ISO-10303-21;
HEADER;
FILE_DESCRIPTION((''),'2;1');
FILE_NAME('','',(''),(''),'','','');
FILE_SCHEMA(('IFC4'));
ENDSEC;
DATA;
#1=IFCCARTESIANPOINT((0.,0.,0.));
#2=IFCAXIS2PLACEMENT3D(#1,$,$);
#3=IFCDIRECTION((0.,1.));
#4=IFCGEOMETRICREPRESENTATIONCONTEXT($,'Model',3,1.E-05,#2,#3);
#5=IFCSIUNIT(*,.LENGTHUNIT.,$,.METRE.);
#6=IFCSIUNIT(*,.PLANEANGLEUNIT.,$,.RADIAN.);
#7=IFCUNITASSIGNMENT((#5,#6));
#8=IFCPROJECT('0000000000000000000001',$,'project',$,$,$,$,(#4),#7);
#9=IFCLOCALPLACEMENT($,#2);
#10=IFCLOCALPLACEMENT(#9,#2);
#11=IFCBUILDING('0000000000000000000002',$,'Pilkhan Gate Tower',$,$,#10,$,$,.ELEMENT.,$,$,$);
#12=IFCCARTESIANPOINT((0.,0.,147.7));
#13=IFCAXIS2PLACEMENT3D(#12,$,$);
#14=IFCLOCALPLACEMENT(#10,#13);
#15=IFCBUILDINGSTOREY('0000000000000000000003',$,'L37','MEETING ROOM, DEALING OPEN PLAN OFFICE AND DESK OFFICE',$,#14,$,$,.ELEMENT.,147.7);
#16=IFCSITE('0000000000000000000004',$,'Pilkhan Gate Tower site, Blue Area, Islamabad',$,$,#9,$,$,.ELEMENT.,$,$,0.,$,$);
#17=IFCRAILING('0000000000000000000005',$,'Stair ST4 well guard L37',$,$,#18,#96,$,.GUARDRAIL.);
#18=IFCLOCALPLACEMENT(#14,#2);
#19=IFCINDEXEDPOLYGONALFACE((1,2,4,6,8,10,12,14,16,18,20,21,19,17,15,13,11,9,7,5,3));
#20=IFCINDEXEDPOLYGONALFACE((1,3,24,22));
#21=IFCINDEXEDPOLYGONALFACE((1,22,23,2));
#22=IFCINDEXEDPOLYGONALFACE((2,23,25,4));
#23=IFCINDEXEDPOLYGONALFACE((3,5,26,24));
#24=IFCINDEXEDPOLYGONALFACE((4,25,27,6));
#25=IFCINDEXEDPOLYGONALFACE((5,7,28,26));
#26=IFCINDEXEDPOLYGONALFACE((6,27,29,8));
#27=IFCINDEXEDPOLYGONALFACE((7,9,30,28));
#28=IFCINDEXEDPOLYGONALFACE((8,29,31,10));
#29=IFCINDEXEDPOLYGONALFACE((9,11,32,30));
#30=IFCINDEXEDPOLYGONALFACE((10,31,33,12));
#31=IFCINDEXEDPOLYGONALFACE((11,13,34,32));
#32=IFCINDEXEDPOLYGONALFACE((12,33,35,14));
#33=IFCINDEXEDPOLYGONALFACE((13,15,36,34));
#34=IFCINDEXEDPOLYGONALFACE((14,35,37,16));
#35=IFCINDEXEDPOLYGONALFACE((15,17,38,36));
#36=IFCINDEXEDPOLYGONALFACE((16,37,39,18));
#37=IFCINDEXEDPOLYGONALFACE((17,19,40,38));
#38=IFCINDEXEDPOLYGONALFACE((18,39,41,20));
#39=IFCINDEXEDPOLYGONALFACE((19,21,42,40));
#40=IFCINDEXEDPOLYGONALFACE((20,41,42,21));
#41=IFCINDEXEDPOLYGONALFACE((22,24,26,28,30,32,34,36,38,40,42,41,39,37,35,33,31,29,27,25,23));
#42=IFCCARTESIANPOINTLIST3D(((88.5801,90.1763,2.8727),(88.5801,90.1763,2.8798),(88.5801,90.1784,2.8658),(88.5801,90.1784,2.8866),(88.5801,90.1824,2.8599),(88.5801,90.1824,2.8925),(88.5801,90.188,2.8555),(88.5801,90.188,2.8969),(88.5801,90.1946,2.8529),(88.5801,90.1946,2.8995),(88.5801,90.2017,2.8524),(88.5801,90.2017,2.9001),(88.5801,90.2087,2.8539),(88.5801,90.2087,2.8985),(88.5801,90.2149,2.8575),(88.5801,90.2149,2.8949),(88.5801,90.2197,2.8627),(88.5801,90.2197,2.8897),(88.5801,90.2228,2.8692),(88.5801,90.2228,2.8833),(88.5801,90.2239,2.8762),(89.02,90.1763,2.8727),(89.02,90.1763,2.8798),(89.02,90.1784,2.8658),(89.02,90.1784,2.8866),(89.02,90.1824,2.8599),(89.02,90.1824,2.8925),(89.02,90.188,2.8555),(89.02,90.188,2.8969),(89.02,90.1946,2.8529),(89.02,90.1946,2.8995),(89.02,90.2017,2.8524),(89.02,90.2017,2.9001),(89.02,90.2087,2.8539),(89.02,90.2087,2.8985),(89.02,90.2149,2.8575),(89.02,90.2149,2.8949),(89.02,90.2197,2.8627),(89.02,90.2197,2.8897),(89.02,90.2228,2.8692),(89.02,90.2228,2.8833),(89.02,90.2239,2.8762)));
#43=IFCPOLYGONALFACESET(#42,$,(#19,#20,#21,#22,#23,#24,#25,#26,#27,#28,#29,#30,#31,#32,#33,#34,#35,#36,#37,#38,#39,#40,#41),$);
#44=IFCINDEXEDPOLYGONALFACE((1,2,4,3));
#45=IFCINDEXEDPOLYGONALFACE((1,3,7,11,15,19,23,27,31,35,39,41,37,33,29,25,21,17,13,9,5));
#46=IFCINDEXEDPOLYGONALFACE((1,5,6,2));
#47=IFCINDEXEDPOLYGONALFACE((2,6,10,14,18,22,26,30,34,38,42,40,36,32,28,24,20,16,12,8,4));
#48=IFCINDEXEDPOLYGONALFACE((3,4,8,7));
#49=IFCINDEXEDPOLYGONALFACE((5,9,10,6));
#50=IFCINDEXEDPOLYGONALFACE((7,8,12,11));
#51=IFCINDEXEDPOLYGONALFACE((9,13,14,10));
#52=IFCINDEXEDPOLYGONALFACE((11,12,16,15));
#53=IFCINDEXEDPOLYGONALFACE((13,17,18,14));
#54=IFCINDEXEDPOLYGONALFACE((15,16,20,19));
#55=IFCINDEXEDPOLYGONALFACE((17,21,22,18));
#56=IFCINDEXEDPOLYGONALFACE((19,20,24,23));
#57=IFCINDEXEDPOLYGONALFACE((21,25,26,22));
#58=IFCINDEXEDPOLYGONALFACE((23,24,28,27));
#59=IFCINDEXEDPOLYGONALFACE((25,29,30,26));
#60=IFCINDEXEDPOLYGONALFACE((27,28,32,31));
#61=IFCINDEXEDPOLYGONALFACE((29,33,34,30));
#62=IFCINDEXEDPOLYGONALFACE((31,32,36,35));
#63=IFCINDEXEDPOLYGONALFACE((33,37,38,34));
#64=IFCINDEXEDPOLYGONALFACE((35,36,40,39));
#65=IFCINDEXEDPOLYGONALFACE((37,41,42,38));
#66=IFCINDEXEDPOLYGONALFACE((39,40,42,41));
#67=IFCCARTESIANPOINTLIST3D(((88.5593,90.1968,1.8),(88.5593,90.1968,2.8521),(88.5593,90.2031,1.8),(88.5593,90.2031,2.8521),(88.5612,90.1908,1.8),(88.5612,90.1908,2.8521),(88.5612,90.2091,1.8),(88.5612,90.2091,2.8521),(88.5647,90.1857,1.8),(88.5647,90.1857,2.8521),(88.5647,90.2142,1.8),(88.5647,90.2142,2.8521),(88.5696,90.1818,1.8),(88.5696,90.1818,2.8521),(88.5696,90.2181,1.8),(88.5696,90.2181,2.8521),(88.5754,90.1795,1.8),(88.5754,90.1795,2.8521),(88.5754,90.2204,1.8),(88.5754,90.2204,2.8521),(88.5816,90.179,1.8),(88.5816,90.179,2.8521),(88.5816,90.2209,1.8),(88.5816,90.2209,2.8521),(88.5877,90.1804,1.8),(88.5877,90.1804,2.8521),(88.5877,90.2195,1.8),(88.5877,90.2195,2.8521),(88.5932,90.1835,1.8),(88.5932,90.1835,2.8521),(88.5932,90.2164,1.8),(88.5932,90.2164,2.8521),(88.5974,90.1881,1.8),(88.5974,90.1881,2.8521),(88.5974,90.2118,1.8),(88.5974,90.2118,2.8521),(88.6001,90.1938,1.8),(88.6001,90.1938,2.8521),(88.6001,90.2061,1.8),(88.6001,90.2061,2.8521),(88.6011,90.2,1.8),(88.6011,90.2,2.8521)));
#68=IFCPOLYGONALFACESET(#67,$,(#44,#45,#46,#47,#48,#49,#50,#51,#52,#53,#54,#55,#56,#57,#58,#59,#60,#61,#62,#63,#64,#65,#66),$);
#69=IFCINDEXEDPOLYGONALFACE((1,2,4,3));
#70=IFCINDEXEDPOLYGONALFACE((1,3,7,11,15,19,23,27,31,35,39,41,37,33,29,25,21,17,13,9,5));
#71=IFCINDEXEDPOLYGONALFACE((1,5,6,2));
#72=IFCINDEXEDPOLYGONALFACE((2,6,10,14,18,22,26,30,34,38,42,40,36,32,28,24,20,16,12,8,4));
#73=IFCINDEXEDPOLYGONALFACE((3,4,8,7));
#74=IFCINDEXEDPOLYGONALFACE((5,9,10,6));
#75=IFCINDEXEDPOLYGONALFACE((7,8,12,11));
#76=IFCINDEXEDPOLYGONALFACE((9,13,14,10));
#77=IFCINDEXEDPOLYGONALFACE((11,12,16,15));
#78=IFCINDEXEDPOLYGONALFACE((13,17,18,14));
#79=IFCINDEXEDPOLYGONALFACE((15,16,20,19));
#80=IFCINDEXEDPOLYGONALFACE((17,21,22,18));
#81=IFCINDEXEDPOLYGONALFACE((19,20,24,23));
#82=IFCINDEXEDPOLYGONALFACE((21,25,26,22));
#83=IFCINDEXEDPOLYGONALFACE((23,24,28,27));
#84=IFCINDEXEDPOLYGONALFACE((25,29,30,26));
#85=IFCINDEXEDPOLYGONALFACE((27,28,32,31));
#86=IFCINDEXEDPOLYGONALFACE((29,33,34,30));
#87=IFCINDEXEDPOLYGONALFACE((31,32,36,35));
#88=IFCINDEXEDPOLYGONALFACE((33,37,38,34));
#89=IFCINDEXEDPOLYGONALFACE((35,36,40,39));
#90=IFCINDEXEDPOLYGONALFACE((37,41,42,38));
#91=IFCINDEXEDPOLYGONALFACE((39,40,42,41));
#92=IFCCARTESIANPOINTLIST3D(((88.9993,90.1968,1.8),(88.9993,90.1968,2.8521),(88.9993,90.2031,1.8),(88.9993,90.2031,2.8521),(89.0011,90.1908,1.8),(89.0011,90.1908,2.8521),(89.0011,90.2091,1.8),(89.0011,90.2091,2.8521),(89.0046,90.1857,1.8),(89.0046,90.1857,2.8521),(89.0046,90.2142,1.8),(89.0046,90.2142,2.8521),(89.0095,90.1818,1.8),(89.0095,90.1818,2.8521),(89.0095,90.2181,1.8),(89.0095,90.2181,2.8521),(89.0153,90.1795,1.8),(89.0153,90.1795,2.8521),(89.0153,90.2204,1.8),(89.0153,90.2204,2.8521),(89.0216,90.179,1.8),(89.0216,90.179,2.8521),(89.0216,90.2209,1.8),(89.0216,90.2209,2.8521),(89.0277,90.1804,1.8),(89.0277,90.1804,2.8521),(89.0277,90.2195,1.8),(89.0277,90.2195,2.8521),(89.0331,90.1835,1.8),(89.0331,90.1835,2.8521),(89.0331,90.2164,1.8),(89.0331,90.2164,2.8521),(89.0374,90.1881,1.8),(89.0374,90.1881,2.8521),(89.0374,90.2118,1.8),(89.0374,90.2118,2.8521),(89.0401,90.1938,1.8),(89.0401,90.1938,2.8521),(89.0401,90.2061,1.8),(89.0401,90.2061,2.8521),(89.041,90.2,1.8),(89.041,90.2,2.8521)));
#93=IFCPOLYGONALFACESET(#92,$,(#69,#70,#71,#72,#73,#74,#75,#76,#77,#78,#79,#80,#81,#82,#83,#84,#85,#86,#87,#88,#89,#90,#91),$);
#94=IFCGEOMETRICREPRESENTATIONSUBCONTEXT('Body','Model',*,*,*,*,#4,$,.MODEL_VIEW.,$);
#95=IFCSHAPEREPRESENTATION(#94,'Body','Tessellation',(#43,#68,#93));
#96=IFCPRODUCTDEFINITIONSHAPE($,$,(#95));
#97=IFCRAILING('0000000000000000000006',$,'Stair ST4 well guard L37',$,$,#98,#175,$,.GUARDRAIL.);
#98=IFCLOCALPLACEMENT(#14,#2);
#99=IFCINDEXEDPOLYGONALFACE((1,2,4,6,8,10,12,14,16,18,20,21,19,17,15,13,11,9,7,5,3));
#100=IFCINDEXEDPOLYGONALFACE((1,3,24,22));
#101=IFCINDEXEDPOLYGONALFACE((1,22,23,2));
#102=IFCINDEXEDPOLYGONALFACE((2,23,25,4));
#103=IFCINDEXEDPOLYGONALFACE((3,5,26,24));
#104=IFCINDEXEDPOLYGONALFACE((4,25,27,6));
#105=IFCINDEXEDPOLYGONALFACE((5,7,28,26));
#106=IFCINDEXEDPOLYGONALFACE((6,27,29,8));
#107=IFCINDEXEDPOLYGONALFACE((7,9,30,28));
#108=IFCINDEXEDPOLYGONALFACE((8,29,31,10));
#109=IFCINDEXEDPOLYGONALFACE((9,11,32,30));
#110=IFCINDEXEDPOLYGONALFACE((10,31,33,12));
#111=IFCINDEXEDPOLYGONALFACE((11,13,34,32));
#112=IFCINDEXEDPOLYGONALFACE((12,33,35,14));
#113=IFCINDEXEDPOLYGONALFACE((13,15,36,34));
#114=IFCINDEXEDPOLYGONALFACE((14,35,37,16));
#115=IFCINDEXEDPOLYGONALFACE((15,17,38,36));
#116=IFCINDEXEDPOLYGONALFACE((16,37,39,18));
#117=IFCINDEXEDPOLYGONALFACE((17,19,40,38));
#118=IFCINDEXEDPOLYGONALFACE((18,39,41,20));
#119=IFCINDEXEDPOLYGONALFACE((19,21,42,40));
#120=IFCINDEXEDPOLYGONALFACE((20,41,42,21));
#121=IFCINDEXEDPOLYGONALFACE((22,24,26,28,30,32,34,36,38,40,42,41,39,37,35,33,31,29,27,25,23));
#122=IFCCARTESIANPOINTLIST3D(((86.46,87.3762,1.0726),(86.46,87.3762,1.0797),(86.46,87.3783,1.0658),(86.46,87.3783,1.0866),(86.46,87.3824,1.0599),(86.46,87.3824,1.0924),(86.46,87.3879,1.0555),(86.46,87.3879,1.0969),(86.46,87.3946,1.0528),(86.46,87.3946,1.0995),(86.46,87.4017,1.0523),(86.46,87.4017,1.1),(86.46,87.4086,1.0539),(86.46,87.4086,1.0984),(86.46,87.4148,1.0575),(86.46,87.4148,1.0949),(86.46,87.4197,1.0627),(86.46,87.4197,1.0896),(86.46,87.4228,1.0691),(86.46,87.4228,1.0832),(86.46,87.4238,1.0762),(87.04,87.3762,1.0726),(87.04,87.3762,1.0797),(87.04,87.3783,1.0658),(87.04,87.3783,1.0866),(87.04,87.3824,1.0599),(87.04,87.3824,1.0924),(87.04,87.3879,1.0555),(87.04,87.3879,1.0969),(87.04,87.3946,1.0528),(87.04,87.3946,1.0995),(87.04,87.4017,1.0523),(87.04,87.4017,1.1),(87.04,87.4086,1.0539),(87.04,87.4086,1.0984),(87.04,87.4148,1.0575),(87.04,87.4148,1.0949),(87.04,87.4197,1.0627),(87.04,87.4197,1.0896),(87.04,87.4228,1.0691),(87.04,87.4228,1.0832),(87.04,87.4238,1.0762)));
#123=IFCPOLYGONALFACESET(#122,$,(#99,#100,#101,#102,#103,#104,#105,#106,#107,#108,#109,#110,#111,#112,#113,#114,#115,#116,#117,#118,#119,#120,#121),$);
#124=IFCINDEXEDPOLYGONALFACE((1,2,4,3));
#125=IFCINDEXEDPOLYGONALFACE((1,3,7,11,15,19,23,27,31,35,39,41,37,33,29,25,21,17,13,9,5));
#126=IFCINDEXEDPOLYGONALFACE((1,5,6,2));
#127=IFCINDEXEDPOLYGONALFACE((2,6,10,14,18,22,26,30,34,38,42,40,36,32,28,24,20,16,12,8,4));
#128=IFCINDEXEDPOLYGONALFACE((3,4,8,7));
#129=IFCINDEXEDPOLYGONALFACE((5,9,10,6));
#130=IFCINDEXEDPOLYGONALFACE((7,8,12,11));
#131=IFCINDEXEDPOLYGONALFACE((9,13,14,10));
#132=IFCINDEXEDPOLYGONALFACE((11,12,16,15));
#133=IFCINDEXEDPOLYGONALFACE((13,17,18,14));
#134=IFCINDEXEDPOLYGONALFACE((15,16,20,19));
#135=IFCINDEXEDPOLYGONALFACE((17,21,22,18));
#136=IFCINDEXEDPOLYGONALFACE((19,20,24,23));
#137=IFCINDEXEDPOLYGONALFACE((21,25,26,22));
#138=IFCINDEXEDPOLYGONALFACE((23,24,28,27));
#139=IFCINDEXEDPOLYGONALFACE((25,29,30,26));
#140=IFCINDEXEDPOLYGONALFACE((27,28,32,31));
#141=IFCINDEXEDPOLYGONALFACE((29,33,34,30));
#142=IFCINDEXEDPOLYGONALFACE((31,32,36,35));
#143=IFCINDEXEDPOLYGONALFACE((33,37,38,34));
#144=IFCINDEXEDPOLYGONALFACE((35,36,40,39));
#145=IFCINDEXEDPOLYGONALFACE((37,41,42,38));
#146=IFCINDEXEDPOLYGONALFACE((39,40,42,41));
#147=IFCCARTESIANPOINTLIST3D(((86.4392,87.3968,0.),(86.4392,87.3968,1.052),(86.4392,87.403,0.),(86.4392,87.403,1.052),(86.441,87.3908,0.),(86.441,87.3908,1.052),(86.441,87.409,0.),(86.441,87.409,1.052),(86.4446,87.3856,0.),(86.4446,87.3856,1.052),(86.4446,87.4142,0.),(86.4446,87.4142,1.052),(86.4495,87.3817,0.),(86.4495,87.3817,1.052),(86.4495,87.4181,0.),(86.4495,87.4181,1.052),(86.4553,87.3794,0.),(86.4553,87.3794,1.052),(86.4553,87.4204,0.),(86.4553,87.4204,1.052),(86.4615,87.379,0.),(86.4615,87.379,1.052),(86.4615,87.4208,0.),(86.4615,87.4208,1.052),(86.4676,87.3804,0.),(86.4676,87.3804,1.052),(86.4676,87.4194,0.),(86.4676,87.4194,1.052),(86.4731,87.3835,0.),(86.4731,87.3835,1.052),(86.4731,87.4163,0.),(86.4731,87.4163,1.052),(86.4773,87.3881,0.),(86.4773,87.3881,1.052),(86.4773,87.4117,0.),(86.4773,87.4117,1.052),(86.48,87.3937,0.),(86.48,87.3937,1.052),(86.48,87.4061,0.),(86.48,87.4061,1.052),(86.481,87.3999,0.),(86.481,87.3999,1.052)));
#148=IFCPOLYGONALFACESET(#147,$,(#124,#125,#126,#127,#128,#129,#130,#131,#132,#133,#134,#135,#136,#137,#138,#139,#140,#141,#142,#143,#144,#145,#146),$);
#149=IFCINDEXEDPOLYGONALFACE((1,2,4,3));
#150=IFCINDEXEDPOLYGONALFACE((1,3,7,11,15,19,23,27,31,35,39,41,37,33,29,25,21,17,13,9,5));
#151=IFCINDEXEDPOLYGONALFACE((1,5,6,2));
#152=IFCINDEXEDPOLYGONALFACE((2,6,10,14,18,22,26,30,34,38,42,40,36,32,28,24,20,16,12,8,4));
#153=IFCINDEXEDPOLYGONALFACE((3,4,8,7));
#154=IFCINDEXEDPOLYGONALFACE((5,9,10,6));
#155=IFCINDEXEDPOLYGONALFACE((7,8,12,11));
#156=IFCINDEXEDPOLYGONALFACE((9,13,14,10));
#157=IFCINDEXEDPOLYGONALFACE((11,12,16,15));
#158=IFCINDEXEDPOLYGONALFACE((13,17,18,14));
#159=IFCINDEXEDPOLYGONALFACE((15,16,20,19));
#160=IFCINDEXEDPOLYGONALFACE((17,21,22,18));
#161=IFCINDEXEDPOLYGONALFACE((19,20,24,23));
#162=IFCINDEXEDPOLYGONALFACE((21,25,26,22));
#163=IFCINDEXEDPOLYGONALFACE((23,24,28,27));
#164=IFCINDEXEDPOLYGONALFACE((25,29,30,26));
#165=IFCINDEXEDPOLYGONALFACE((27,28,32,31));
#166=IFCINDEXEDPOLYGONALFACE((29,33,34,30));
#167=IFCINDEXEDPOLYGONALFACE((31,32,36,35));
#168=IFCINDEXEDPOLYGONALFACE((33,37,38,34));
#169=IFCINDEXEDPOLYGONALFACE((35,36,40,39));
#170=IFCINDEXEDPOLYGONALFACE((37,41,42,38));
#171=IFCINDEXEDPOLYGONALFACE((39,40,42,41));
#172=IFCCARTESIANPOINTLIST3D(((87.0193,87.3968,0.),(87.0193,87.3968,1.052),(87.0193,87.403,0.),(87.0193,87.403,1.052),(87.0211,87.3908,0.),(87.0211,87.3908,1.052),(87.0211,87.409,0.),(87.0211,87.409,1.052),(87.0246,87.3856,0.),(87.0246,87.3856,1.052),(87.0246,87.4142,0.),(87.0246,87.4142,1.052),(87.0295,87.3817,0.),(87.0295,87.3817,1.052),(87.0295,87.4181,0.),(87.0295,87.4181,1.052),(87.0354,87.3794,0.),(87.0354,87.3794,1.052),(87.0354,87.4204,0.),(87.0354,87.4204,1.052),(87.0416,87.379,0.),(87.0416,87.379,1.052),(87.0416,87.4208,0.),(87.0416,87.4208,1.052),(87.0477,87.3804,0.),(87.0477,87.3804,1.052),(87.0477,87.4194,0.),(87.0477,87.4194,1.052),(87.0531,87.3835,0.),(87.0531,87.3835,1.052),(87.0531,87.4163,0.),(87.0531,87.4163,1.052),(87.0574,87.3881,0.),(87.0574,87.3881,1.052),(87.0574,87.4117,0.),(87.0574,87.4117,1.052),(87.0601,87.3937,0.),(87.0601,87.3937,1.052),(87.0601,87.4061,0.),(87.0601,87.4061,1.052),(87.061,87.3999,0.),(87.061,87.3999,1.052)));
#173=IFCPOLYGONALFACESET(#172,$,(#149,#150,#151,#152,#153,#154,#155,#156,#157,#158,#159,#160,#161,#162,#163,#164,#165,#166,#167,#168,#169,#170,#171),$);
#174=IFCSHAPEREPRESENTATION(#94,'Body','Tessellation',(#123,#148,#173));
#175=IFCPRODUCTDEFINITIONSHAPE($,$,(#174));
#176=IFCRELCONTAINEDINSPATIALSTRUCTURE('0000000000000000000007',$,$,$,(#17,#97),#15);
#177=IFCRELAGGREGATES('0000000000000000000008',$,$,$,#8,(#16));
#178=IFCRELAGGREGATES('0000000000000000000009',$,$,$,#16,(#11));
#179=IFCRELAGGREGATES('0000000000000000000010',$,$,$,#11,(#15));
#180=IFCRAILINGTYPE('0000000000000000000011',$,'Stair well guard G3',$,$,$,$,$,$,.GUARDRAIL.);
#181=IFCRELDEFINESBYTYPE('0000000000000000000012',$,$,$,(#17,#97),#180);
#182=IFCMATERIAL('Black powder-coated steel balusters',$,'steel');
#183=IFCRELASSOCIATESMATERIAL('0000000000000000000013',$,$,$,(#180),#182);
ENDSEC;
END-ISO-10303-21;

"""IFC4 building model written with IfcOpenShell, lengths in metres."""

from ifc_helpers import new_model, si_unit, direction, frame, origin, origin_2d, place, context, subcontext, project, spatial, circle, extrude, material, type_object, element, save


model = new_model("IFC4")

# Units and contexts
model_context = context("Model", 3, precision=1e-05, world=origin(), true_north=direction((0.0, 1.0)))
body_context = subcontext(model_context, "Body", "Model", "MODEL_VIEW")
ifc_project = project(units=[si_unit("LENGTHUNIT", "METRE"), si_unit("PLANEANGLEUNIT", "RADIAN")], contexts=[model_context])

# Site, building, storey
site_placement = place(None, origin())
site = spatial("IfcSite", under=ifc_project, at=site_placement, Name="Pilkhan Gate Tower site, Blue Area, Islamabad", CompositionType="ELEMENT", RefElevation=0.0)
building_placement = place(site_placement, origin())
building = spatial("IfcBuilding", under=site, at=building_placement, Name="Pilkhan Gate Tower", CompositionType="ELEMENT")
storey_placement = place(building_placement, frame((0.0, 0.0, 147.7)))
storey = spatial("IfcBuildingStorey", under=building, at=storey_placement, Name="L37", Description="MEETING ROOM, DEALING OPEN PLAN OFFICE AND DESK OFFICE", CompositionType="ELEMENT", Elevation=147.7)

# Railings
ifc_material_1 = material(Name="Black powder-coated steel balusters", Category="steel")
railing_type_1 = type_object("IfcRailingType", Name="Stair well guard G3", PredefinedType="GUARDRAIL", material=ifc_material_1)
railing_1_placement = place(storey_placement, frame((88.5801, 90.2, 1.8)))
element("IfcRailing", 1, at=railing_1_placement, inside=storey, type_object=railing_type_1, Name="Stair ST4 well guard L37", PredefinedType="GUARDRAIL", context=body_context, shape_type="SweptSolid", body=[
    extrude(circle(Radius=0.0239, at=origin_2d()), frame((0.0, 0.0, 1.0762), z_axis=(1.0, 0.0, 0.0), x_axis=(0.0, 1.0, 0.0)), (0.0, 0.0, 1.0), 0.4399),
    extrude(circle(Radius=0.021, at=origin_2d()), origin(), (0.0, 0.0, 1.0), 1.052),
    extrude(circle(Radius=0.021, at=origin_2d()), frame((0.4399, 0.0, 0.0)), (0.0, 0.0, 1.0), 1.052),
])
for number, where, name in (
    (2, (86.46, 87.3999, 0.0), "Stair ST4 well guard L37"),
):
    element("IfcRailing", number, at=place(storey_placement, frame(where)), inside=storey, type_object=railing_type_1, Name=name, PredefinedType="GUARDRAIL", context=body_context, shape_type="SweptSolid", body=[
        extrude(circle(Radius=0.0239, at=origin_2d()), frame((0.0, 0.0, 1.0762), z_axis=(1.0, 0.0, 0.0), x_axis=(0.0, 1.0, 0.0)), (0.0, 0.0, 1.0), 0.5801),
        extrude(circle(Radius=0.021, at=origin_2d()), origin(), (0.0, 0.0, 1.0), 1.052),
        extrude(circle(Radius=0.021, at=origin_2d()), frame((0.5801, 0.0, 0.0)), (0.0, 0.0, 1.0), 1.052),
    ])

save(model, "model.ifc")
